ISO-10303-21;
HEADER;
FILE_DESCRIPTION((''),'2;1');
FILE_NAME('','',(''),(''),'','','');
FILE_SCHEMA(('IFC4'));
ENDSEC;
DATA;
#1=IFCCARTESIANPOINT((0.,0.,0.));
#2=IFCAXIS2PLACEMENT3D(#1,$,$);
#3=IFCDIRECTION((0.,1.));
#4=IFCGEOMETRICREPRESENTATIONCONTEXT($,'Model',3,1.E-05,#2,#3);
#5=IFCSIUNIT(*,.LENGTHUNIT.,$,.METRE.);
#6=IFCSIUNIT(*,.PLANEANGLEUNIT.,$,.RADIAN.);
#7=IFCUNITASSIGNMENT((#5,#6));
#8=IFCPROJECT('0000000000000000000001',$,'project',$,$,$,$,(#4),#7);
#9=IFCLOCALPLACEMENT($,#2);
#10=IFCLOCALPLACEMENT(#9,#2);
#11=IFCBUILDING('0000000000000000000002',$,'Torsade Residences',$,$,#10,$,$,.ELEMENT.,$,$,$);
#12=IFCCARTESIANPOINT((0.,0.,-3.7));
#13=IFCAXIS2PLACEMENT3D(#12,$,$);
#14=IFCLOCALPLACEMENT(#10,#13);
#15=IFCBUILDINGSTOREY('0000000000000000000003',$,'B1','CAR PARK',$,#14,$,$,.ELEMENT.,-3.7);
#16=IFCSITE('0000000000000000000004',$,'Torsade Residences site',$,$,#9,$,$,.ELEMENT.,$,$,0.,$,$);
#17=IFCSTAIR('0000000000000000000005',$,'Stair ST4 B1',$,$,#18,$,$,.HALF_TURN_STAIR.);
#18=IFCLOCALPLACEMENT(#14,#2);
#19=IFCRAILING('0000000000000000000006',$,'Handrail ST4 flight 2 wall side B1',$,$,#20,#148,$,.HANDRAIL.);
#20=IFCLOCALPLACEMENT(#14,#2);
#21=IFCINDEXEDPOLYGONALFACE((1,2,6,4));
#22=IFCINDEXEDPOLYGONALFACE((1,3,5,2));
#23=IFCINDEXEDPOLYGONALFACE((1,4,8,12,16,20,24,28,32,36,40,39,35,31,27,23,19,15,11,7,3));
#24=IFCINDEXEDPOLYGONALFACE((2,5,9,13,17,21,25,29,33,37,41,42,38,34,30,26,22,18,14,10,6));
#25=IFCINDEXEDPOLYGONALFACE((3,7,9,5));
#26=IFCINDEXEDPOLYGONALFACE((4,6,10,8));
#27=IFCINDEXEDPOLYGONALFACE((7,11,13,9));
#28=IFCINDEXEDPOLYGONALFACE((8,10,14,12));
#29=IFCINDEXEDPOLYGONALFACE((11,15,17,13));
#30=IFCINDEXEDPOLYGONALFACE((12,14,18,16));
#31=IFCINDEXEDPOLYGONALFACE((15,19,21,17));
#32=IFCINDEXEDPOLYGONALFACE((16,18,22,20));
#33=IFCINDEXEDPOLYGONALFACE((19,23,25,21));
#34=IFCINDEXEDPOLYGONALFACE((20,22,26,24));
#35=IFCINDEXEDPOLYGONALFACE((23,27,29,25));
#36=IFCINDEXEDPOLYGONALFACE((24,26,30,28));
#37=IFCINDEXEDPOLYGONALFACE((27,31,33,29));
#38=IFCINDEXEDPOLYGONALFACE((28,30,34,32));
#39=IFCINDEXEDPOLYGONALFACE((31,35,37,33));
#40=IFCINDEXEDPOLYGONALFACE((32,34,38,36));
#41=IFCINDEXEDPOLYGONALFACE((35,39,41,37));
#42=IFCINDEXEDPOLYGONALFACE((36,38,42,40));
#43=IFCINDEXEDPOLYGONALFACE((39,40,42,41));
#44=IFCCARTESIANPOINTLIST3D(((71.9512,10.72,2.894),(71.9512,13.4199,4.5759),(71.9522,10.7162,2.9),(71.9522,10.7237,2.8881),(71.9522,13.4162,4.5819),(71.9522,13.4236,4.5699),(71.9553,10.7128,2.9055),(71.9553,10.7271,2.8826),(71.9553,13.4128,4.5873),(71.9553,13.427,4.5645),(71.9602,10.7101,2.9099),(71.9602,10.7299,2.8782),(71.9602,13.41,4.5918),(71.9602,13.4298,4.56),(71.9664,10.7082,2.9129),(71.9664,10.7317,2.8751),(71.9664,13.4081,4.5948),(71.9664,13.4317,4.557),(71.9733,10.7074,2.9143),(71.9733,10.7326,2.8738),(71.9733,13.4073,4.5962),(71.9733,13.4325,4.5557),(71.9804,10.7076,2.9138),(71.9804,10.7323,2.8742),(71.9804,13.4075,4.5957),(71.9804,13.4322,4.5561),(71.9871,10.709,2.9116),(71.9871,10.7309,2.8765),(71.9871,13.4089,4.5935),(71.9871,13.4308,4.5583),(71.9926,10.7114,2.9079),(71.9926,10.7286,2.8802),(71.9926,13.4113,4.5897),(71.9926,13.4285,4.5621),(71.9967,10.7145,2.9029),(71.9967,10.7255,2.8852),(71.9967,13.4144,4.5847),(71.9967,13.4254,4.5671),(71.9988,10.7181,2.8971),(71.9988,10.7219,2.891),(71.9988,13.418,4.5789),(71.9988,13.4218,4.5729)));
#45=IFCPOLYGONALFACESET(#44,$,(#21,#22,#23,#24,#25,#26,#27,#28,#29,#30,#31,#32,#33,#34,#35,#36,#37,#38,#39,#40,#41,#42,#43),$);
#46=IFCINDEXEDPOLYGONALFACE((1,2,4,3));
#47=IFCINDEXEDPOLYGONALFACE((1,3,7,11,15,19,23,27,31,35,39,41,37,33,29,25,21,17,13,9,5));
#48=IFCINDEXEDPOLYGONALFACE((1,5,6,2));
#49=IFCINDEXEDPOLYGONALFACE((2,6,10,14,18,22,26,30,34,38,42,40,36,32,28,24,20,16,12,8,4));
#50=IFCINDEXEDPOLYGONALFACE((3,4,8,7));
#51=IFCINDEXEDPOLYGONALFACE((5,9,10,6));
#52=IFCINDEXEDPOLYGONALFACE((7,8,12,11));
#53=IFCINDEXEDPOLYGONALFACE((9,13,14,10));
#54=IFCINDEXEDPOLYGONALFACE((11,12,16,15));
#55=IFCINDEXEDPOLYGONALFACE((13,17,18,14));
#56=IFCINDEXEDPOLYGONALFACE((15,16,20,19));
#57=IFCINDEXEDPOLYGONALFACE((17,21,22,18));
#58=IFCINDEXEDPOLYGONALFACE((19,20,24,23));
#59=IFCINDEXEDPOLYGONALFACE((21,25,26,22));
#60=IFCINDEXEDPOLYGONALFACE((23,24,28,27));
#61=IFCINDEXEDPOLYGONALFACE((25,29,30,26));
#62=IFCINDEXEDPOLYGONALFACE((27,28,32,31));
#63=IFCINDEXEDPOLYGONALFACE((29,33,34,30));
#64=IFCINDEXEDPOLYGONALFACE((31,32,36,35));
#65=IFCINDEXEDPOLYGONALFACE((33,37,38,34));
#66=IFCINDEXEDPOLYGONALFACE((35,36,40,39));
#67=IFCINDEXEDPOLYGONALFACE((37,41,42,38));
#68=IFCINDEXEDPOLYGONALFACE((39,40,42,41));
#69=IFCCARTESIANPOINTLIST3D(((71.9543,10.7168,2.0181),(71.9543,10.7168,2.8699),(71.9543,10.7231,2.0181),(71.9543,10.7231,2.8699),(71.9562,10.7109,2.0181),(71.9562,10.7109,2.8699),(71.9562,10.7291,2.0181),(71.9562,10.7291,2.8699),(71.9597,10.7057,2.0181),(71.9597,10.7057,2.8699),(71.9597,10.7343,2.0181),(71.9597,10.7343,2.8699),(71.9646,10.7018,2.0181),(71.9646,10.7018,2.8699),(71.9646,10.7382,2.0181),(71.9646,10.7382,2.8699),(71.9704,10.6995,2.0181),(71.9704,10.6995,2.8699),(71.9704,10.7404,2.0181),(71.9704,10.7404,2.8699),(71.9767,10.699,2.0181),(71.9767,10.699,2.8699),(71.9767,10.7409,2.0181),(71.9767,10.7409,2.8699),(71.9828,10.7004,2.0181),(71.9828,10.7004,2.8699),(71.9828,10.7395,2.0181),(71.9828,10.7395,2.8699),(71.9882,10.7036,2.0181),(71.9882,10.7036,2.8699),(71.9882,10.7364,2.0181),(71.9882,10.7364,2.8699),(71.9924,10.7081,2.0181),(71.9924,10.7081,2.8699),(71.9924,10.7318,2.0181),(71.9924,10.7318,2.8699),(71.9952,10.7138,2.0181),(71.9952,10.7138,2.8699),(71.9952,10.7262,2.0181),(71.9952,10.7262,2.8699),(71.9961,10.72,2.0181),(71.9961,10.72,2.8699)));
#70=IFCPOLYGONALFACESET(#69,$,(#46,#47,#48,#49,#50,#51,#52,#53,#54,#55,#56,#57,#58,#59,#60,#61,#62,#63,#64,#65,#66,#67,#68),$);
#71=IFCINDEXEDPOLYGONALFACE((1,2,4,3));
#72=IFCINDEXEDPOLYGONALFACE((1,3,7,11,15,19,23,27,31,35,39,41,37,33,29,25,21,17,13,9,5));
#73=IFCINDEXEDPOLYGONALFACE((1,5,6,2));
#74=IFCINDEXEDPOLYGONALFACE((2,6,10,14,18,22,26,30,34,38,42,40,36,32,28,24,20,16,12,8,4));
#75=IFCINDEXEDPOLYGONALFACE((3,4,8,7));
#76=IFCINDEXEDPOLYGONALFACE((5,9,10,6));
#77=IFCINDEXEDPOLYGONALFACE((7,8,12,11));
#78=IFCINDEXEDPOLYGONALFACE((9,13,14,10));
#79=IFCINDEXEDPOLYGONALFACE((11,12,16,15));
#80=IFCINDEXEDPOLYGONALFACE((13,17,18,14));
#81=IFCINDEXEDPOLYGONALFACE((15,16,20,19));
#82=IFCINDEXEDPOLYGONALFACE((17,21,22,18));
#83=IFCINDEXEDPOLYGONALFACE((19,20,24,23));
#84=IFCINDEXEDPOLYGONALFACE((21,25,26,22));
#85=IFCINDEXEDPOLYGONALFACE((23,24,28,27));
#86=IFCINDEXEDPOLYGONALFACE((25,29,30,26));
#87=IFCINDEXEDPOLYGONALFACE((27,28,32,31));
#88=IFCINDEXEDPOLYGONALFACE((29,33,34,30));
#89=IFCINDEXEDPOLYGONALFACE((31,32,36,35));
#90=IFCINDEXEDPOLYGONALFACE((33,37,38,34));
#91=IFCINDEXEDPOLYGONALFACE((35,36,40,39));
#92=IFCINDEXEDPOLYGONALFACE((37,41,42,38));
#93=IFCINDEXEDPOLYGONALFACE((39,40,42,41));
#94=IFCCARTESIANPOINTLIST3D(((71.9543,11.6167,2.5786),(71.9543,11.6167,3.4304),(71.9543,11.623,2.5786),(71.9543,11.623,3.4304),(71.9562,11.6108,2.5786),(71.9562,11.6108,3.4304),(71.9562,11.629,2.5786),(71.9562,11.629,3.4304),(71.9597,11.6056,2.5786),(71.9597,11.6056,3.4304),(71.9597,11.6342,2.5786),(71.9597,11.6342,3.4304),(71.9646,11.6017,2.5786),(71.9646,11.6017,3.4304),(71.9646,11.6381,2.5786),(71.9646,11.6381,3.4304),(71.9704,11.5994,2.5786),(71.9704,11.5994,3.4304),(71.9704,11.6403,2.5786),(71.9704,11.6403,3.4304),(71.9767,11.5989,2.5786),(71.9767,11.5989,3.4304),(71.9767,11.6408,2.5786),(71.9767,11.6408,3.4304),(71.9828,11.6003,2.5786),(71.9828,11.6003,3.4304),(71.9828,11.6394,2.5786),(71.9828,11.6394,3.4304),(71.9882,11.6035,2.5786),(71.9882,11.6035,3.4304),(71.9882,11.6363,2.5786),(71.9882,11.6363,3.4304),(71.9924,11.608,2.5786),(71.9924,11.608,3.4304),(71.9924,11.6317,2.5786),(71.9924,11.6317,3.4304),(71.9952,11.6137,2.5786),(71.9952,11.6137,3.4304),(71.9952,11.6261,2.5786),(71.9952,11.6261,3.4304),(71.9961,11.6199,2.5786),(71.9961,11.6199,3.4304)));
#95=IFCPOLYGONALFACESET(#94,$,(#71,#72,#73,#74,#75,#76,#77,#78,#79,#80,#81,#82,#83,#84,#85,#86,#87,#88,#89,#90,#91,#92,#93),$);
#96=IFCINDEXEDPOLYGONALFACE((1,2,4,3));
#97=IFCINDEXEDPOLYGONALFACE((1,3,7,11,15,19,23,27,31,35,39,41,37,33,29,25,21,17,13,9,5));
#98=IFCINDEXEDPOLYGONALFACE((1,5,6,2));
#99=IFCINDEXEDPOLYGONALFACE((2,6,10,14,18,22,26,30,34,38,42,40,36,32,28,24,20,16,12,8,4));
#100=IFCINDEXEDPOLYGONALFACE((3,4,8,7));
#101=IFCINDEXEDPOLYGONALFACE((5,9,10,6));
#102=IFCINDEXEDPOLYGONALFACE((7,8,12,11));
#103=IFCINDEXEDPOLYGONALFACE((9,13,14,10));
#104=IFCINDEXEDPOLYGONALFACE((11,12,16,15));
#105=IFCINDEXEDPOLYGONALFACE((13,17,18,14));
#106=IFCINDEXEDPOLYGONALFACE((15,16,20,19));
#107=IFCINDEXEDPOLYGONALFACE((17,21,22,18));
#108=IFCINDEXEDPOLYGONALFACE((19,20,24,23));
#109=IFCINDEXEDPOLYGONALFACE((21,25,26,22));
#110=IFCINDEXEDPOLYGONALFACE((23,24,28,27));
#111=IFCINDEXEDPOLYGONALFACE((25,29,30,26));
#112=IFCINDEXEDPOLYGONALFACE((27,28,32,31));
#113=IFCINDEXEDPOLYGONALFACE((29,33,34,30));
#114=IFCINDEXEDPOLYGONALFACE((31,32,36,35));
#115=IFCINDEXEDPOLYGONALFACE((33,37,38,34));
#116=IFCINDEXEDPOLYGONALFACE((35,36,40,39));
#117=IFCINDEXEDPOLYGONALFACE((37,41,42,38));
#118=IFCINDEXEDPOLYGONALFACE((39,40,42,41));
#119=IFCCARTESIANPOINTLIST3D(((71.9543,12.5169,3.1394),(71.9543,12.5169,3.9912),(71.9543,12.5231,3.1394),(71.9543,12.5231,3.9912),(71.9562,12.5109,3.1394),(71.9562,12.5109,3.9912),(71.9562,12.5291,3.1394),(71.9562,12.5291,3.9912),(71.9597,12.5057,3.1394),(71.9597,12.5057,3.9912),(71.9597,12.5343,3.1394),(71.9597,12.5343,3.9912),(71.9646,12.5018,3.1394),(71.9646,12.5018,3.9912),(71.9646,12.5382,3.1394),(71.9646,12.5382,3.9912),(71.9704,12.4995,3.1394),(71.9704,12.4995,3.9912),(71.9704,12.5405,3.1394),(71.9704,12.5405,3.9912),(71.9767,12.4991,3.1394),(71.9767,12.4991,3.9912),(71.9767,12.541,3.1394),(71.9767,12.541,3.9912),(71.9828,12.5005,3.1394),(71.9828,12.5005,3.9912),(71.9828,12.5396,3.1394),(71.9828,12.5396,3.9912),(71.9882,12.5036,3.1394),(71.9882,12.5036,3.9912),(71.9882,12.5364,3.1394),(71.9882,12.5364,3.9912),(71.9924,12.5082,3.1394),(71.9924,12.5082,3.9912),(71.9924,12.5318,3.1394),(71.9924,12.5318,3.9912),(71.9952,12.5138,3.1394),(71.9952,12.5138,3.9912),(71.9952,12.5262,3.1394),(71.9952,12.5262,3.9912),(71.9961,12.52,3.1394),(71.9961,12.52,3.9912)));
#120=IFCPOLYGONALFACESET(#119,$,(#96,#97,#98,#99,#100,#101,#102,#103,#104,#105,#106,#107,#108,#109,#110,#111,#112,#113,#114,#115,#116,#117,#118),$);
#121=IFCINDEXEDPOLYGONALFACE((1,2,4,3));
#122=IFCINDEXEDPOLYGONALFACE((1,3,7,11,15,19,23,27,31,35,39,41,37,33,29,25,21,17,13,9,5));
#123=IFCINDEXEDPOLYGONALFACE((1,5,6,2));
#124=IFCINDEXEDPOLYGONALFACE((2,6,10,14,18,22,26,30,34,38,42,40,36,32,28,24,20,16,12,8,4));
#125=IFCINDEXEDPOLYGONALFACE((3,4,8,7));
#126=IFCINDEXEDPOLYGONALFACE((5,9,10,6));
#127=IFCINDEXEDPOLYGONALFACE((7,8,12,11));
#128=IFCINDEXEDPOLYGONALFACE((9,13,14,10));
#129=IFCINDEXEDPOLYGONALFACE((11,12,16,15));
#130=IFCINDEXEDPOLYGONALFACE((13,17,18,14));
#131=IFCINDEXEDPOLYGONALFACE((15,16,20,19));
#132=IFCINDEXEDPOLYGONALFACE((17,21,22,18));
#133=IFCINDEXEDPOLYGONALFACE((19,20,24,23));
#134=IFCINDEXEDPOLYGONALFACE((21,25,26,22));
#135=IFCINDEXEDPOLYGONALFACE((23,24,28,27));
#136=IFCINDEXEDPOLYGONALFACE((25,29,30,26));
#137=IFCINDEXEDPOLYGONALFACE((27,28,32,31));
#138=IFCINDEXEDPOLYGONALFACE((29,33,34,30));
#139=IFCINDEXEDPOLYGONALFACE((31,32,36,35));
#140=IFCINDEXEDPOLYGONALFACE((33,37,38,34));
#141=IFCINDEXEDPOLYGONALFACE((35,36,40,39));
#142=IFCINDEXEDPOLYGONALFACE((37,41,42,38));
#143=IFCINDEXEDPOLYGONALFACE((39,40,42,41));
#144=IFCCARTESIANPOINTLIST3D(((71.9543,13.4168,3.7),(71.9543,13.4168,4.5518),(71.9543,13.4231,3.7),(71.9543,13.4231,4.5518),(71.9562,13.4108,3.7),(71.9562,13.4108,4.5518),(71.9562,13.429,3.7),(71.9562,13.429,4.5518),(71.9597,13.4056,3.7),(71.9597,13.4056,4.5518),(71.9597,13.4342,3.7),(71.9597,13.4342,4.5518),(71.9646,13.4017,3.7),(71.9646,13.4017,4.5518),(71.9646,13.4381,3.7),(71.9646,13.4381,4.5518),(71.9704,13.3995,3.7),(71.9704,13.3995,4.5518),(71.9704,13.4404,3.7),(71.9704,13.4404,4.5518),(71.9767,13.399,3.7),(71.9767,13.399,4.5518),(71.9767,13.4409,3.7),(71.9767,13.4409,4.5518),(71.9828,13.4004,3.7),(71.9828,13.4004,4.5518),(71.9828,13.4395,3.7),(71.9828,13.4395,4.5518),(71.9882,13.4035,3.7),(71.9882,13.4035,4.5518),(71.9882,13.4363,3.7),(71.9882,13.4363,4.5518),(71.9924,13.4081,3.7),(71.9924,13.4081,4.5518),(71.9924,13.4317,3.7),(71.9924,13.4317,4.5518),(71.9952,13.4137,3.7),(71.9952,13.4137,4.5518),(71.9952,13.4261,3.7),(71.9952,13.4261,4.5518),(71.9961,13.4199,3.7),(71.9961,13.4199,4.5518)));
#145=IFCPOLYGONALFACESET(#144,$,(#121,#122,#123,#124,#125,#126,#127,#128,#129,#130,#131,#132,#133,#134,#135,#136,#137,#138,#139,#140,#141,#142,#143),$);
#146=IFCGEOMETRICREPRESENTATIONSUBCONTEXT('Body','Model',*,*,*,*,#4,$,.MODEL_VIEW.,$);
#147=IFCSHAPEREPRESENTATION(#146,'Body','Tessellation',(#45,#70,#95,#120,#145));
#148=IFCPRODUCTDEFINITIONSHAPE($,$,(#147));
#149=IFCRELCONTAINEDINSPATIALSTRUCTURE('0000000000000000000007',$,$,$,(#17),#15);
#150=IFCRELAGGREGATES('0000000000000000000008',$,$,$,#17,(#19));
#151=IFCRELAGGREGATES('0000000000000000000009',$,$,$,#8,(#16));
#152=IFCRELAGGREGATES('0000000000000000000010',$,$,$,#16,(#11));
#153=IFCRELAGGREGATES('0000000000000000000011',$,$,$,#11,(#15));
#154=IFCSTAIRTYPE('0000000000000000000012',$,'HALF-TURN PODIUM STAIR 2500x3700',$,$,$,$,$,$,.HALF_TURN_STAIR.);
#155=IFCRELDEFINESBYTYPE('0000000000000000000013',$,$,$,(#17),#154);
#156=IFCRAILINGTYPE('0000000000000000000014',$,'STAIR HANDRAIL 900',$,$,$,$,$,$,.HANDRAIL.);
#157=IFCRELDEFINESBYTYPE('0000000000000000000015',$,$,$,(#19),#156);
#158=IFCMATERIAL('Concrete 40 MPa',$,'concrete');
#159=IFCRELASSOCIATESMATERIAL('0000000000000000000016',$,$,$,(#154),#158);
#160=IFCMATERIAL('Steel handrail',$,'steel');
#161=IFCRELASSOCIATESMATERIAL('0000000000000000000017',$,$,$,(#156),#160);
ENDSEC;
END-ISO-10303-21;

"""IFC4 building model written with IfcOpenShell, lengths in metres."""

from ifc_helpers import new_model, si_unit, direction, frame, origin, origin_2d, place, context, subcontext, project, spatial, circle, extrude, material, type_object, element, aggregate, save


model = new_model("IFC4")

# Units and contexts
model_context = context("Model", 3, precision=1e-05, world=origin(), true_north=direction((0.0, 1.0)))
body_context = subcontext(model_context, "Body", "Model", "MODEL_VIEW")
ifc_project = project(units=[si_unit("LENGTHUNIT", "METRE"), si_unit("PLANEANGLEUNIT", "RADIAN")], contexts=[model_context])

# Site, building, storey
site_placement = place(None, origin())
site = spatial("IfcSite", under=ifc_project, at=site_placement, Name="Torsade Residences site", CompositionType="ELEMENT", RefElevation=0.0)
building_placement = place(site_placement, origin())
building = spatial("IfcBuilding", under=site, at=building_placement, Name="Torsade Residences", CompositionType="ELEMENT")
storey_placement = place(building_placement, frame((0.0, 0.0, -3.7)))
storey = spatial("IfcBuildingStorey", under=building, at=storey_placement, Name="B1", Description="CAR PARK", CompositionType="ELEMENT", Elevation=-3.7)

# Stair, railing
ifc_material_1 = material(Name="Concrete 40 MPa", Category="concrete")
stair_type = type_object("IfcStairType", Name="HALF-TURN PODIUM STAIR 2500x3700", PredefinedType="HALF_TURN_STAIR", material=ifc_material_1)
stair_placement = place(storey_placement, origin())
stair = element("IfcStair", 1, at=stair_placement, inside=storey, type_object=stair_type, Name="Stair ST4 B1", PredefinedType="HALF_TURN_STAIR")
ifc_material_2 = material(Name="Steel handrail", Category="steel")
railing_type_1 = type_object("IfcRailingType", Name="STAIR HANDRAIL 900", PredefinedType="HANDRAIL", material=ifc_material_2)
railing_1_placement = place(storey_placement, frame((71.9751, 10.72, 2.0181)))
railing_1 = element("IfcRailing", 2, at=railing_1_placement, type_object=railing_type_1, Name="Handrail ST4 flight 2 wall side B1", PredefinedType="HANDRAIL", context=body_context, shape_type="SweptSolid", body=[
    extrude(circle(Radius=0.0239, at=origin_2d()), frame((0.0, 0.0, 0.876), z_axis=(0.0, 0.848786, 0.528736), x_axis=(-1.0, 0.0, 0.0)), (0.0, 0.0, 1.0), 3.1809),
    extrude(circle(Radius=0.021, at=origin_2d()), origin(), (0.0, 0.0, 1.0), 0.8518),
    extrude(circle(Radius=0.021, at=origin_2d()), frame((0.0, 0.8999, 0.5605)), (0.0, 0.0, 1.0), 0.8518),
    extrude(circle(Radius=0.021, at=origin_2d()), frame((0.0, 1.8, 1.1213)), (0.0, 0.0, 1.0), 0.8518),
    extrude(circle(Radius=0.021, at=origin_2d()), frame((0.0, 2.7, 1.6819)), (0.0, 0.0, 1.0), 0.8518),
])
aggregate(stair, [railing_1])

save(model, "model.ifc")
